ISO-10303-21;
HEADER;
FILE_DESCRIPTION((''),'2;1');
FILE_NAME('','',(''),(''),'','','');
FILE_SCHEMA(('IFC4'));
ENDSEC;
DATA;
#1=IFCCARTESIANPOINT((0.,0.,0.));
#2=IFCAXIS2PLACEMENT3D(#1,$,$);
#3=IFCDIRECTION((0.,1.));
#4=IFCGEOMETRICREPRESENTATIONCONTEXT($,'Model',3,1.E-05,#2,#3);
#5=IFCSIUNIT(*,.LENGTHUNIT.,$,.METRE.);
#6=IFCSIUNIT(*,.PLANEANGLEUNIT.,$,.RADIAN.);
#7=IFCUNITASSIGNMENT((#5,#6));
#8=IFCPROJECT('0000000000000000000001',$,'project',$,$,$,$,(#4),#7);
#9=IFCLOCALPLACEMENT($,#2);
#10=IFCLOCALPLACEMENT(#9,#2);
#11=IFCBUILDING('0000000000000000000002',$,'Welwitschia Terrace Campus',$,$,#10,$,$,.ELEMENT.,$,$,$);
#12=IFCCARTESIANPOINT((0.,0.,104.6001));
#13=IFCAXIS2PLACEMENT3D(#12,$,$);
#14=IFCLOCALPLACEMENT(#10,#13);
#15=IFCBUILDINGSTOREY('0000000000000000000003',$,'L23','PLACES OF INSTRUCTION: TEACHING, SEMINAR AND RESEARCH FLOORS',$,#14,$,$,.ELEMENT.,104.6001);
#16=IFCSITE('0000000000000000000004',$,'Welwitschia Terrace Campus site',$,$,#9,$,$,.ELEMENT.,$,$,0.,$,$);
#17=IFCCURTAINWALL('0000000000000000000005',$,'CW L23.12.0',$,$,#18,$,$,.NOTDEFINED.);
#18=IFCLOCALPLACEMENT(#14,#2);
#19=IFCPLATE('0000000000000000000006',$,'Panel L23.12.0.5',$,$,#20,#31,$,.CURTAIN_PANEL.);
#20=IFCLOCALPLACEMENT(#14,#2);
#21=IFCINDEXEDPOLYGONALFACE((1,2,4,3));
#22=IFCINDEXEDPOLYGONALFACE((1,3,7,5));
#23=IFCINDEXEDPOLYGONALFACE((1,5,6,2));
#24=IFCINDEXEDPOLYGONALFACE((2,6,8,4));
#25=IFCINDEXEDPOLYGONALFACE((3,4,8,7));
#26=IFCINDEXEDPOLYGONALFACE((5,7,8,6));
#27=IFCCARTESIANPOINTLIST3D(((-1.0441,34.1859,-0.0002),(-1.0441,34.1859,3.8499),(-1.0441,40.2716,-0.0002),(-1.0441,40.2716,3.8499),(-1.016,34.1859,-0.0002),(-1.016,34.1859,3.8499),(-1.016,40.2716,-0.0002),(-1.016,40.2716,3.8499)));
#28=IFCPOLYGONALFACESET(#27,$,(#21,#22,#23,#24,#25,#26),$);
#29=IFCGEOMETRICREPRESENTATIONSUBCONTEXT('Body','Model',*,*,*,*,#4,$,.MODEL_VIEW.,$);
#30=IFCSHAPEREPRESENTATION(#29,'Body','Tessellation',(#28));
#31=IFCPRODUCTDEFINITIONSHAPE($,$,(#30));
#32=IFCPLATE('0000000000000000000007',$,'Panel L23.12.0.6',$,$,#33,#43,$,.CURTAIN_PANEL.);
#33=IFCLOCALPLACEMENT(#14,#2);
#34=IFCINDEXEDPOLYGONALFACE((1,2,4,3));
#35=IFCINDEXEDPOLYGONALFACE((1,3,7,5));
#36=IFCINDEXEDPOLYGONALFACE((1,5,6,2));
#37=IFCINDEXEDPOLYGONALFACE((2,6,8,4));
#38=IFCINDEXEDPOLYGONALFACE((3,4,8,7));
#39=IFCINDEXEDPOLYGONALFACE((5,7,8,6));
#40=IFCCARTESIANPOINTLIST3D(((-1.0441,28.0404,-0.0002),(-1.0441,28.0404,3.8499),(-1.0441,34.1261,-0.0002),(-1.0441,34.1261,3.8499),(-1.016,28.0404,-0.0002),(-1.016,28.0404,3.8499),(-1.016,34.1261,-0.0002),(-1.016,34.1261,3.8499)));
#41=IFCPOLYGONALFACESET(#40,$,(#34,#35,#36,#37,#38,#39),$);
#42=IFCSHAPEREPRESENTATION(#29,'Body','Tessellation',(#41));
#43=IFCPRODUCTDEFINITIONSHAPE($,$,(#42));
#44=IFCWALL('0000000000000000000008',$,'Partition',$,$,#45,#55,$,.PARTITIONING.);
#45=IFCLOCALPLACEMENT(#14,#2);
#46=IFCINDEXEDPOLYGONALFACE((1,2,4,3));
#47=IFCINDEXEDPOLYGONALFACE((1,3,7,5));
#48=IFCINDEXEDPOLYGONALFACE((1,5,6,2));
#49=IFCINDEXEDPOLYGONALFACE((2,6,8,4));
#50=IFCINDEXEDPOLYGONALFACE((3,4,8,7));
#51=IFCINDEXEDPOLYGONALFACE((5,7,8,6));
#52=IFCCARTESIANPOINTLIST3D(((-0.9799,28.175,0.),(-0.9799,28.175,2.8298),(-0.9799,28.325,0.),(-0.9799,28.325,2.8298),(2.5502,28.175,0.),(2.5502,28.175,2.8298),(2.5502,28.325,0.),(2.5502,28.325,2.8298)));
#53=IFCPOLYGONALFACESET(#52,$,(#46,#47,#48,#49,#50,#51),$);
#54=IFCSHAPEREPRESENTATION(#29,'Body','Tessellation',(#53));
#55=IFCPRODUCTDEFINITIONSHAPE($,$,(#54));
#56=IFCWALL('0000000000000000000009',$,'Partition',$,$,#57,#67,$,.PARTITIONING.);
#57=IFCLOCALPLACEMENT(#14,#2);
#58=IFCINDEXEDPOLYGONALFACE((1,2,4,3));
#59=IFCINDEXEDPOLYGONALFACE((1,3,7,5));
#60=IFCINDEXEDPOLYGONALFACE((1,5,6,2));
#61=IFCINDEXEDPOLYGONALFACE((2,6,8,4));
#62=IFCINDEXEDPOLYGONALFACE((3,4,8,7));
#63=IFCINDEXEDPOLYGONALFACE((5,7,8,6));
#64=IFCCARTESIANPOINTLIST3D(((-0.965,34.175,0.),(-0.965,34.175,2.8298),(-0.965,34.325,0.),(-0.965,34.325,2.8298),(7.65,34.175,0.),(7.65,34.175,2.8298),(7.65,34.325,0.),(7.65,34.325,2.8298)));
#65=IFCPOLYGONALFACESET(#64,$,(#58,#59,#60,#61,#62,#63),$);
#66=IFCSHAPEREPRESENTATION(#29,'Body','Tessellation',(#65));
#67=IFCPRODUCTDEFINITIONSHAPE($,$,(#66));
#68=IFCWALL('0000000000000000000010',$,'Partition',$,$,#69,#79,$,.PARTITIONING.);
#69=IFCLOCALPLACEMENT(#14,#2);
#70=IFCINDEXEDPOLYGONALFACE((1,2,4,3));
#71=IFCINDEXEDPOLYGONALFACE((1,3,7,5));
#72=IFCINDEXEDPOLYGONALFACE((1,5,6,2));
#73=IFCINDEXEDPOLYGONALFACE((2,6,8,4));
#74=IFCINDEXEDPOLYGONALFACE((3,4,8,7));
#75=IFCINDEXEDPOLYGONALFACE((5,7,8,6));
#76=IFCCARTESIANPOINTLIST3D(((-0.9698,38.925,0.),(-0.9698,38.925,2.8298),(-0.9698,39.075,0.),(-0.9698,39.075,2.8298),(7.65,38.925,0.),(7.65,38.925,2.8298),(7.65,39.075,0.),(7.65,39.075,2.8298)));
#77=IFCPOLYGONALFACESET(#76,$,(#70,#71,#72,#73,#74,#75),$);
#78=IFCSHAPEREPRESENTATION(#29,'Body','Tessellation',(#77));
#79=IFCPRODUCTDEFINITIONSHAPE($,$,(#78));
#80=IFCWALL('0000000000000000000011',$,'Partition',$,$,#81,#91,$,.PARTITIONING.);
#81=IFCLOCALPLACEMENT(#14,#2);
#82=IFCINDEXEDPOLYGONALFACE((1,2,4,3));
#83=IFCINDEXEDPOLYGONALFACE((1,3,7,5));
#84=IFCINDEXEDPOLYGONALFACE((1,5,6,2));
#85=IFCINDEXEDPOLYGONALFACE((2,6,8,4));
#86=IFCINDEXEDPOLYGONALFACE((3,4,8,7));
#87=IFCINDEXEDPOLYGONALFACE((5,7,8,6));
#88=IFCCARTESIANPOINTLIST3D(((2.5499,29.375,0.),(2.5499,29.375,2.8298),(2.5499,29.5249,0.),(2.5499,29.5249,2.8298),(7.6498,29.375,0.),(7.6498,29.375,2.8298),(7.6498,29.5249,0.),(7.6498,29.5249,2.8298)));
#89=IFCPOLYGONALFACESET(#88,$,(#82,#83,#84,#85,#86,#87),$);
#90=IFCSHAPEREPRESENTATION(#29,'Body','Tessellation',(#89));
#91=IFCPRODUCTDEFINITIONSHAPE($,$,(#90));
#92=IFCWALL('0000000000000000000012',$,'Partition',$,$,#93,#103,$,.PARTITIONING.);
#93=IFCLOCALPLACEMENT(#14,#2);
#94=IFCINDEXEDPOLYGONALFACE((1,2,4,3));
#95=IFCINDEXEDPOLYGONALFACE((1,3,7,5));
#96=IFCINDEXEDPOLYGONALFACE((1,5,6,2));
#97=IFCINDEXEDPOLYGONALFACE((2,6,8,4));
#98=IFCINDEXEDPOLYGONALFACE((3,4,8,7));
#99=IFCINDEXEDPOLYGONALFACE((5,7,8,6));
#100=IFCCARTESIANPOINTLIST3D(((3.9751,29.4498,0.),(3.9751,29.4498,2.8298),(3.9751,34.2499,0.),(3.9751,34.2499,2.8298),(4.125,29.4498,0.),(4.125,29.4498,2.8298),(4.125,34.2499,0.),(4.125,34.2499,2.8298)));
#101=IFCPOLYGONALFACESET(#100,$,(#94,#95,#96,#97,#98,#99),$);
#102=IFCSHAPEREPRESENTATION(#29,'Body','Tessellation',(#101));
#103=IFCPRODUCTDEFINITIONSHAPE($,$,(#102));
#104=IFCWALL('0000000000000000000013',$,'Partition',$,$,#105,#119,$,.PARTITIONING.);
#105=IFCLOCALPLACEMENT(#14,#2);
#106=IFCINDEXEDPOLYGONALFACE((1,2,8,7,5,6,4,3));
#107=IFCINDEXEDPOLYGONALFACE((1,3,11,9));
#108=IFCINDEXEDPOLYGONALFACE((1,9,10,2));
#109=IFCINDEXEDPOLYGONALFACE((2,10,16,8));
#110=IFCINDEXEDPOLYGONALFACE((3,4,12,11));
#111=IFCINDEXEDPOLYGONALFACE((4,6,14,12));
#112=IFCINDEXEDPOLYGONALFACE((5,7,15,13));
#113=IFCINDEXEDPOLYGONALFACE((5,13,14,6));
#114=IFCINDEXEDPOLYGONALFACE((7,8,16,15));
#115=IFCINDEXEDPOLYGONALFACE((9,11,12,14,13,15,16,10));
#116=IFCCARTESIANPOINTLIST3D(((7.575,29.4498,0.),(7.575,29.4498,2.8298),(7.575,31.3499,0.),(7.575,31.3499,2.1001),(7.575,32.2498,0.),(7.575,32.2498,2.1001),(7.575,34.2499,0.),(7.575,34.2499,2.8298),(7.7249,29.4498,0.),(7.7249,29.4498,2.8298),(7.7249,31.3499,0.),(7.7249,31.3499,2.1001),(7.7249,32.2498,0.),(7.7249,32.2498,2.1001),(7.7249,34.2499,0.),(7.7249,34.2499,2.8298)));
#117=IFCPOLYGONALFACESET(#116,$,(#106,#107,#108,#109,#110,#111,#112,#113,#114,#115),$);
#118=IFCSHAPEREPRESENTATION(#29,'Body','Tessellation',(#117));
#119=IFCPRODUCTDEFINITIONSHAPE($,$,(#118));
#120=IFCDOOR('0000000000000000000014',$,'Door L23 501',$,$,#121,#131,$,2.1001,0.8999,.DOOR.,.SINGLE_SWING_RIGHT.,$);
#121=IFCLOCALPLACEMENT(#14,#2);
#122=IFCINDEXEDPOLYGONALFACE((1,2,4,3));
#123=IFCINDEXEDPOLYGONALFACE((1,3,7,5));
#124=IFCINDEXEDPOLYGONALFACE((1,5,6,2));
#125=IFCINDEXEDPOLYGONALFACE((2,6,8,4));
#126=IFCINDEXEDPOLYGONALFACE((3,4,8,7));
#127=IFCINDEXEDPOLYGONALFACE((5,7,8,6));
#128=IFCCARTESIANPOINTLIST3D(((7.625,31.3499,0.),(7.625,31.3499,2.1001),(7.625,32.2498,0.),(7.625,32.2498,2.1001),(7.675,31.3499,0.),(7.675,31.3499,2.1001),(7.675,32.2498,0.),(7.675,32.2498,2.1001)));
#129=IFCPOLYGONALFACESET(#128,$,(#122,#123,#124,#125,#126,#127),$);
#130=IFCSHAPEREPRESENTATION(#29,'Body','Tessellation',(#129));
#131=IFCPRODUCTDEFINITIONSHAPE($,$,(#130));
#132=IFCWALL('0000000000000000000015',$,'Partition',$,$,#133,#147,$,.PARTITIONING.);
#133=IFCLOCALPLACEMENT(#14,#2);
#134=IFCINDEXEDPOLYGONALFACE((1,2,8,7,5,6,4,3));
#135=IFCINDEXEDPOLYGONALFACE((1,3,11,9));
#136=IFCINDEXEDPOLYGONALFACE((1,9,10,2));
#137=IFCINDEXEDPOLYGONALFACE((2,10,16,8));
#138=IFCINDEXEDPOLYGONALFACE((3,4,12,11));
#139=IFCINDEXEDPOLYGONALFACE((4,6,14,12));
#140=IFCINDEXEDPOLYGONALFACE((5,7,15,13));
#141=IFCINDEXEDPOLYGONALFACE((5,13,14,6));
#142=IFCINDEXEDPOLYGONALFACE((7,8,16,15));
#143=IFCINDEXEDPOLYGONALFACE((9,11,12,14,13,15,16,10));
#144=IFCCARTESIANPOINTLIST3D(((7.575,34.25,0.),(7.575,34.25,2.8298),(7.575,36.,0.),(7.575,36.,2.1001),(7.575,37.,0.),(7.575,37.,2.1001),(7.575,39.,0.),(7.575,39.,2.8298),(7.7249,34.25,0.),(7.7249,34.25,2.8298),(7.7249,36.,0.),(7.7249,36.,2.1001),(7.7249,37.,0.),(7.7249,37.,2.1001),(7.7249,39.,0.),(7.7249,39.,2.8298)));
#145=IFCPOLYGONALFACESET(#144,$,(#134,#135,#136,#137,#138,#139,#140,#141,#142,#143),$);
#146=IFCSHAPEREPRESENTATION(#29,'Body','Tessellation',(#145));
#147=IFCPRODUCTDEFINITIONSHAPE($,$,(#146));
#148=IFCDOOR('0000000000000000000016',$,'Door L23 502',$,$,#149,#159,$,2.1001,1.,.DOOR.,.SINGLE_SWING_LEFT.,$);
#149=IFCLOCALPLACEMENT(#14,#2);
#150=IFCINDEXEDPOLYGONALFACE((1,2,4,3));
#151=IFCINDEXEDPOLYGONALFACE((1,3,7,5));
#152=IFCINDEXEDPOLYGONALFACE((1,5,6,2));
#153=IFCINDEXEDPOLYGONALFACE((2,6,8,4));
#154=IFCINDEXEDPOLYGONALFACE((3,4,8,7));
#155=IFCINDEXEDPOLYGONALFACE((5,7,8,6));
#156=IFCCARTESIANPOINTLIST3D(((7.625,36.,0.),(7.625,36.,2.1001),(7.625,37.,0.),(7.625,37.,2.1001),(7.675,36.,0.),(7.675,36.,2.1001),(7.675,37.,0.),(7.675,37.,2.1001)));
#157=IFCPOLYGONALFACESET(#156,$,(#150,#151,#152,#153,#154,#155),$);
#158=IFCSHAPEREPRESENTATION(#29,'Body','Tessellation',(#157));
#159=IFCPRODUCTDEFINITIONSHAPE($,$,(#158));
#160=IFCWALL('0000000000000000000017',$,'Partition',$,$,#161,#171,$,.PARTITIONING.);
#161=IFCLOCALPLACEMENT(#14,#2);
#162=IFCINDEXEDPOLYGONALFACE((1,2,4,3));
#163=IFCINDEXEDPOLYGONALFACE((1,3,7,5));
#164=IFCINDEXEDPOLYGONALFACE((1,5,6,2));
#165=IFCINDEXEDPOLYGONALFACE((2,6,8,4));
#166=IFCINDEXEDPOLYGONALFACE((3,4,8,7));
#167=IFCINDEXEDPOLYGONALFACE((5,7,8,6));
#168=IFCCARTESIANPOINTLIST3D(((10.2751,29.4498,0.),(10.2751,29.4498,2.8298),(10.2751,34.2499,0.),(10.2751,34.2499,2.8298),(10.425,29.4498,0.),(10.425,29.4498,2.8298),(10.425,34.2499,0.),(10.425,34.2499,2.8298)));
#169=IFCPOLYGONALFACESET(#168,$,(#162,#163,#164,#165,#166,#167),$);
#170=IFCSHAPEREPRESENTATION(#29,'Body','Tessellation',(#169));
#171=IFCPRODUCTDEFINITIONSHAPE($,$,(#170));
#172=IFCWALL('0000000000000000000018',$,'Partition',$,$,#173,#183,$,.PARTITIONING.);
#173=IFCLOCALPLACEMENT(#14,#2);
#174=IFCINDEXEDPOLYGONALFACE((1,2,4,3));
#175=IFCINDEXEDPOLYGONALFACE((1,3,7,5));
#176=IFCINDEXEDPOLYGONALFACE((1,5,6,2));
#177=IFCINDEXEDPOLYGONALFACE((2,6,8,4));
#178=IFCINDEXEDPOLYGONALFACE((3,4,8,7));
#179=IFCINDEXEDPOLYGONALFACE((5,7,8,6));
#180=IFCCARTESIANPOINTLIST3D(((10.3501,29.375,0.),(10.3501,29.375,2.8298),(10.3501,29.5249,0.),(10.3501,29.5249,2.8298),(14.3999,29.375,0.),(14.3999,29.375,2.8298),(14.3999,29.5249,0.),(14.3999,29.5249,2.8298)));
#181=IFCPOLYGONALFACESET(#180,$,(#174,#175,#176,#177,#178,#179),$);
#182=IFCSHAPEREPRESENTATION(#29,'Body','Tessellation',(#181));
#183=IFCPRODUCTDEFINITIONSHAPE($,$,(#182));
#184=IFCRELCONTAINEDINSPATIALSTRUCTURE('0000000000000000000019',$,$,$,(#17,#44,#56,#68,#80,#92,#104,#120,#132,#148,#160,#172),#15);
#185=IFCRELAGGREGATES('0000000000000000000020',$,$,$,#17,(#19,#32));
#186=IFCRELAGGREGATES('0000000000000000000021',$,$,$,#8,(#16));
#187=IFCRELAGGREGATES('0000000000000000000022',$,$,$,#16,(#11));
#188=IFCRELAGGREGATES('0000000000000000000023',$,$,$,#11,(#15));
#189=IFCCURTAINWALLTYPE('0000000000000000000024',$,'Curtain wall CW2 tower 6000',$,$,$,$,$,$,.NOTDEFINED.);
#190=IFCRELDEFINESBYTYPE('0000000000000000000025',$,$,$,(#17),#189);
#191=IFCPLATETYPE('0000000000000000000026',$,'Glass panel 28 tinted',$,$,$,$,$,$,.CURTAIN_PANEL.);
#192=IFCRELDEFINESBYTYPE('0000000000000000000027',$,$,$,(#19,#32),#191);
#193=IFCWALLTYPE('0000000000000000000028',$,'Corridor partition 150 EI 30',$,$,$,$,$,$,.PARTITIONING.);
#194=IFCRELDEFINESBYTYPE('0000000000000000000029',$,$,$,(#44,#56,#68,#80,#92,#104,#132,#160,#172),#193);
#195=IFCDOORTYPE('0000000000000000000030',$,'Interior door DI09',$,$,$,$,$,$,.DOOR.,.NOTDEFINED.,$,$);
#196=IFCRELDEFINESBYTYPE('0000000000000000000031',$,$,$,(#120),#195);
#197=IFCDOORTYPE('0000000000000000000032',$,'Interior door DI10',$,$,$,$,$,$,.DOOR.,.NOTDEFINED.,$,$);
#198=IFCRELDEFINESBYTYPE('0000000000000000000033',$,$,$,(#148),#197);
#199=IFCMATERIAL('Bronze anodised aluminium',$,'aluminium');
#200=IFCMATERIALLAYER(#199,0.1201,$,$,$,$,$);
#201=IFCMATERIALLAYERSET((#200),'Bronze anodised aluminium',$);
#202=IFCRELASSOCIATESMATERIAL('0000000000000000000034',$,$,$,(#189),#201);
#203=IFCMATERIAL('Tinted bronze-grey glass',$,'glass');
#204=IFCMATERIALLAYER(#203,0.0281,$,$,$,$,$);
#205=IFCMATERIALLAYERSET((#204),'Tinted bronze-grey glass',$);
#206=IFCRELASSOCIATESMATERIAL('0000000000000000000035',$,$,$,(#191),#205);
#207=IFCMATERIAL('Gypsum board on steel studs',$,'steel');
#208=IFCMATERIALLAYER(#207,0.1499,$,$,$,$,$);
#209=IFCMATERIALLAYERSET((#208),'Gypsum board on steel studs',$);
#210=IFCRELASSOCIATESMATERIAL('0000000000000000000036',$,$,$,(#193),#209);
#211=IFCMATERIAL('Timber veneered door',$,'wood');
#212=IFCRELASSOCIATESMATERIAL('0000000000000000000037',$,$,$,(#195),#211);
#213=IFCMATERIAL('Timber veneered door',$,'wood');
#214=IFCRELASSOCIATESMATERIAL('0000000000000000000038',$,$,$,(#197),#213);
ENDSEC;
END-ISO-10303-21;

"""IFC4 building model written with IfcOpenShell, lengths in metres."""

from ifc_helpers import new_model, si_unit, direction, frame, frame_2d, origin, origin_2d, place, context, subcontext, project, spatial, rectangle, extrude, material, layer, layer_set, type_object, element, fill, aggregate, save


model = new_model("IFC4")

# Units and contexts
model_context = context("Model", 3, precision=1e-05, world=origin(), true_north=direction((0.0, 1.0)))
body_context = subcontext(model_context, "Body", "Model", "MODEL_VIEW")
ifc_project = project(units=[si_unit("LENGTHUNIT", "METRE"), si_unit("PLANEANGLEUNIT", "RADIAN")], contexts=[model_context])

# Site, building, storey
site_placement = place(None, origin())
site = spatial("IfcSite", under=ifc_project, at=site_placement, Name="Welwitschia Terrace Campus site", CompositionType="ELEMENT", RefElevation=0.0)
building_placement = place(site_placement, origin())
building = spatial("IfcBuilding", under=site, at=building_placement, Name="Welwitschia Terrace Campus", CompositionType="ELEMENT")
storey_placement = place(building_placement, frame((0.0, 0.0, 104.6001)))
storey = spatial("IfcBuildingStorey", under=building, at=storey_placement, Name="L23", Description="PLACES OF INSTRUCTION: TEACHING, SEMINAR AND RESEARCH FLOORS", CompositionType="ELEMENT", Elevation=104.6001)

# Curtain wall
ifc_material_1 = material(Name="Bronze anodised aluminium", Category="aluminium")
ifc_layer_1 = layer(ifc_material_1, 0.1201)
ifc_layer_set_1 = layer_set([ifc_layer_1], Name="Bronze anodised aluminium")
curtain_wall_type = type_object("IfcCurtainWallType", Name="Curtain wall CW2 tower 6000", PredefinedType="NOTDEFINED", material=ifc_layer_set_1)
curtain_wall_placement = place(storey_placement, origin())
curtain_wall = element("IfcCurtainWall", 1, at=curtain_wall_placement, inside=storey, type_object=curtain_wall_type, Name="CW L23.12.0", PredefinedType="NOTDEFINED")

# Plates
ifc_material_2 = material(Name="Tinted bronze-grey glass", Category="glass")
ifc_layer_2 = layer(ifc_material_2, 0.0281)
ifc_layer_set_2 = layer_set([ifc_layer_2], Name="Tinted bronze-grey glass")
plate_type = type_object("IfcPlateType", Name="Glass panel 28 tinted", PredefinedType="CURTAIN_PANEL", material=ifc_layer_set_2)
plate_1_placement = place(storey_placement, frame((-1.03, 37.2288, -0.0002), z_axis=(0.0, 0.0, 1.0), x_axis=(0.0, -1.0, 0.0)))
plate_1 = element("IfcPlate", 2, at=plate_1_placement, type_object=plate_type, Name="Panel L23.12.0.5", PredefinedType="CURTAIN_PANEL", context=body_context, shape_type="SweptSolid", body=[
    extrude(rectangle(XDim=6.0857, YDim=0.0281, at=origin_2d()), origin(), (0.0, 0.0, 1.0), 3.8501),
])
plate_2_placement = place(storey_placement, frame((-1.03, 31.0833, -0.0002), z_axis=(0.0, 0.0, 1.0), x_axis=(0.0, -1.0, 0.0)))
plate_2 = element("IfcPlate", 3, at=plate_2_placement, type_object=plate_type, Name="Panel L23.12.0.6", PredefinedType="CURTAIN_PANEL", context=body_context, shape_type="SweptSolid", body=[
    extrude(rectangle(XDim=6.0857, YDim=0.0281, at=origin_2d()), origin(), (0.0, 0.0, 1.0), 3.8501),
])
aggregate(curtain_wall, [plate_1, plate_2])

# Walls
ifc_material_3 = material(Name="Gypsum board on steel studs", Category="steel")
ifc_layer_3 = layer(ifc_material_3, 0.1499)
ifc_layer_set_3 = layer_set([ifc_layer_3], Name="Gypsum board on steel studs")
wall_type = type_object("IfcWallType", Name="Corridor partition 150 EI 30", PredefinedType="PARTITIONING", material=ifc_layer_set_3)
wall_1_placement = place(storey_placement, frame((-0.98, 28.25, 0.0), z_axis=(0.0, 0.0, 1.0), x_axis=(1.0, 0.0, 0.0)))
element("IfcWall", 4, at=wall_1_placement, inside=storey, type_object=wall_type, Name="Partition", PredefinedType="PARTITIONING", context=body_context, shape_type="SweptSolid", body=[
    extrude(rectangle(XDim=3.53, YDim=0.1499, at=frame_2d((1.7651, 0.0))), origin(), (0.0, 0.0, 1.0), 2.8298),
])
wall_2_placement = place(storey_placement, frame((-0.9651, 34.25, 0.0), z_axis=(0.0, 0.0, 1.0), x_axis=(1.0, 0.0, 0.0)))
element("IfcWall", 5, at=wall_2_placement, inside=storey, type_object=wall_type, Name="Partition", PredefinedType="PARTITIONING", context=body_context, shape_type="SweptSolid", body=[
    extrude(rectangle(XDim=8.615, YDim=0.1499, at=frame_2d((4.3076, 0.0))), origin(), (0.0, 0.0, 1.0), 2.8298),
])
wall_3_placement = place(storey_placement, frame((-0.97, 39.0, 0.0), z_axis=(0.0, 0.0, 1.0), x_axis=(1.0, 0.0, 0.0)))
element("IfcWall", 6, at=wall_3_placement, inside=storey, type_object=wall_type, Name="Partition", PredefinedType="PARTITIONING", context=body_context, shape_type="SweptSolid", body=[
    extrude(rectangle(XDim=8.6199, YDim=0.1499, at=frame_2d((4.3101, 0.0))), origin(), (0.0, 0.0, 1.0), 2.8298),
])
wall_4_placement = place(storey_placement, frame((2.55, 29.45, 0.0), z_axis=(0.0, 0.0, 1.0), x_axis=(1.0, 0.0, 0.0)))
element("IfcWall", 7, at=wall_4_placement, inside=storey, type_object=wall_type, Name="Partition", PredefinedType="PARTITIONING", context=body_context, shape_type="SweptSolid", body=[
    extrude(rectangle(XDim=5.0999, YDim=0.1499, at=frame_2d((2.5498, 0.0))), origin(), (0.0, 0.0, 1.0), 2.8298),
])
wall_5_placement = place(storey_placement, frame((4.05, 29.45, 0.0), z_axis=(0.0, 0.0, 1.0), x_axis=(0.0, 1.0, 0.0)))
element("IfcWall", 8, at=wall_5_placement, inside=storey, type_object=wall_type, Name="Partition", PredefinedType="PARTITIONING", context=body_context, shape_type="SweptSolid", body=[
    extrude(rectangle(XDim=4.8, YDim=0.1499, at=frame_2d((2.3999, 0.0))), origin(), (0.0, 0.0, 1.0), 2.8298),
])

# Walls, openings, doors
wall_6_placement = place(storey_placement, frame((7.6499, 29.45, 0.0), z_axis=(0.0, 0.0, 1.0), x_axis=(0.0, 1.0, 0.0)))
wall_6 = element("IfcWall", 9, at=wall_6_placement, inside=storey, type_object=wall_type, Name="Partition", PredefinedType="PARTITIONING", context=body_context, shape_type="SweptSolid", body=[
    extrude(rectangle(XDim=4.8, YDim=0.1499, at=frame_2d((2.3999, 0.0))), origin(), (0.0, 0.0, 1.0), 2.8298),
])
opening_1_placement = place(wall_6_placement, frame((1.8999, 0.0, 0.0)))
opening_1 = element("IfcOpeningElement", 10, at=opening_1_placement, cuts=wall_6, PredefinedType="OPENING", context=body_context, shape_type="SweptSolid", body=[
    extrude(rectangle(XDim=0.8999, YDim=2.1001, at=frame_2d((0.45, 1.05))), frame((0.0, 0.085, 0.0), z_axis=(0.0, -1.0, 0.0), x_axis=(1.0, 0.0, 0.0)), (0.0, 0.0, 1.0), 0.1699),
])
ifc_material_4 = material(Name="Timber veneered door", Category="wood")
door_type_1 = type_object("IfcDoorType", Name="Interior door DI09", OperationType="NOTDEFINED", PredefinedType="DOOR", material=ifc_material_4)
door_1_placement = place(opening_1_placement, origin())
door_1 = element("IfcDoor", 11, at=door_1_placement, inside=storey, type_object=door_type_1, Name="Door L23 501", OperationType="SINGLE_SWING_RIGHT", OverallHeight=2.1001, OverallWidth=0.8999, PredefinedType="DOOR", context=body_context, shape_type="SweptSolid", body=[
    extrude(rectangle(XDim=0.8999, YDim=2.1001, at=frame_2d((0.45, 1.05))), frame((0.0, 0.0249, 0.0), z_axis=(0.0, -1.0, 0.0), x_axis=(1.0, 0.0, 0.0)), (0.0, 0.0, 1.0), 0.05),
])
fill(opening_1, door_1)
wall_7_placement = place(storey_placement, frame((7.6499, 34.25, 0.0), z_axis=(0.0, 0.0, 1.0), x_axis=(0.0, 1.0, 0.0)))
wall_7 = element("IfcWall", 12, at=wall_7_placement, inside=storey, type_object=wall_type, Name="Partition", PredefinedType="PARTITIONING", context=body_context, shape_type="SweptSolid", body=[
    extrude(rectangle(XDim=4.75, YDim=0.1499, at=frame_2d((2.375, 0.0))), origin(), (0.0, 0.0, 1.0), 2.8298),
])
opening_2_placement = place(wall_7_placement, frame((1.75, 0.0, 0.0)))
opening_2 = element("IfcOpeningElement", 13, at=opening_2_placement, cuts=wall_7, PredefinedType="OPENING", context=body_context, shape_type="SweptSolid", body=[
    extrude(rectangle(XDim=1.0, YDim=2.1001, at=frame_2d((0.5, 1.05))), frame((0.0, 0.085, 0.0), z_axis=(0.0, -1.0, 0.0), x_axis=(1.0, 0.0, 0.0)), (0.0, 0.0, 1.0), 0.1699),
])
ifc_material_5 = material(Name="Timber veneered door", Category="wood")
door_type_2 = type_object("IfcDoorType", Name="Interior door DI10", OperationType="NOTDEFINED", PredefinedType="DOOR", material=ifc_material_5)
door_2_placement = place(opening_2_placement, origin())
door_2 = element("IfcDoor", 14, at=door_2_placement, inside=storey, type_object=door_type_2, Name="Door L23 502", OperationType="SINGLE_SWING_LEFT", OverallHeight=2.1001, OverallWidth=1.0, PredefinedType="DOOR", context=body_context, shape_type="SweptSolid", body=[
    extrude(rectangle(XDim=1.0, YDim=2.1001, at=frame_2d((0.5, 1.05))), frame((0.0, 0.0249, 0.0), z_axis=(0.0, -1.0, 0.0), x_axis=(1.0, 0.0, 0.0)), (0.0, 0.0, 1.0), 0.05),
])
fill(opening_2, door_2)

# Walls
wall_8_placement = place(storey_placement, frame((10.3501, 29.45, 0.0), z_axis=(0.0, 0.0, 1.0), x_axis=(0.0, 1.0, 0.0)))
element("IfcWall", 15, at=wall_8_placement, inside=storey, type_object=wall_type, Name="Partition", PredefinedType="PARTITIONING", context=body_context, shape_type="SweptSolid", body=[
    extrude(rectangle(XDim=4.8, YDim=0.1499, at=frame_2d((2.3999, 0.0))), origin(), (0.0, 0.0, 1.0), 2.8298),
])
wall_9_placement = place(storey_placement, frame((10.3501, 29.45, 0.0), z_axis=(0.0, 0.0, 1.0), x_axis=(1.0, 0.0, 0.0)))
element("IfcWall", 16, at=wall_9_placement, inside=storey, type_object=wall_type, Name="Partition", PredefinedType="PARTITIONING", context=body_context, shape_type="SweptSolid", body=[
    extrude(rectangle(XDim=4.0498, YDim=0.1499, at=frame_2d((2.0249, 0.0))), origin(), (0.0, 0.0, 1.0), 2.8298),
])

save(model, "model.ifc")
